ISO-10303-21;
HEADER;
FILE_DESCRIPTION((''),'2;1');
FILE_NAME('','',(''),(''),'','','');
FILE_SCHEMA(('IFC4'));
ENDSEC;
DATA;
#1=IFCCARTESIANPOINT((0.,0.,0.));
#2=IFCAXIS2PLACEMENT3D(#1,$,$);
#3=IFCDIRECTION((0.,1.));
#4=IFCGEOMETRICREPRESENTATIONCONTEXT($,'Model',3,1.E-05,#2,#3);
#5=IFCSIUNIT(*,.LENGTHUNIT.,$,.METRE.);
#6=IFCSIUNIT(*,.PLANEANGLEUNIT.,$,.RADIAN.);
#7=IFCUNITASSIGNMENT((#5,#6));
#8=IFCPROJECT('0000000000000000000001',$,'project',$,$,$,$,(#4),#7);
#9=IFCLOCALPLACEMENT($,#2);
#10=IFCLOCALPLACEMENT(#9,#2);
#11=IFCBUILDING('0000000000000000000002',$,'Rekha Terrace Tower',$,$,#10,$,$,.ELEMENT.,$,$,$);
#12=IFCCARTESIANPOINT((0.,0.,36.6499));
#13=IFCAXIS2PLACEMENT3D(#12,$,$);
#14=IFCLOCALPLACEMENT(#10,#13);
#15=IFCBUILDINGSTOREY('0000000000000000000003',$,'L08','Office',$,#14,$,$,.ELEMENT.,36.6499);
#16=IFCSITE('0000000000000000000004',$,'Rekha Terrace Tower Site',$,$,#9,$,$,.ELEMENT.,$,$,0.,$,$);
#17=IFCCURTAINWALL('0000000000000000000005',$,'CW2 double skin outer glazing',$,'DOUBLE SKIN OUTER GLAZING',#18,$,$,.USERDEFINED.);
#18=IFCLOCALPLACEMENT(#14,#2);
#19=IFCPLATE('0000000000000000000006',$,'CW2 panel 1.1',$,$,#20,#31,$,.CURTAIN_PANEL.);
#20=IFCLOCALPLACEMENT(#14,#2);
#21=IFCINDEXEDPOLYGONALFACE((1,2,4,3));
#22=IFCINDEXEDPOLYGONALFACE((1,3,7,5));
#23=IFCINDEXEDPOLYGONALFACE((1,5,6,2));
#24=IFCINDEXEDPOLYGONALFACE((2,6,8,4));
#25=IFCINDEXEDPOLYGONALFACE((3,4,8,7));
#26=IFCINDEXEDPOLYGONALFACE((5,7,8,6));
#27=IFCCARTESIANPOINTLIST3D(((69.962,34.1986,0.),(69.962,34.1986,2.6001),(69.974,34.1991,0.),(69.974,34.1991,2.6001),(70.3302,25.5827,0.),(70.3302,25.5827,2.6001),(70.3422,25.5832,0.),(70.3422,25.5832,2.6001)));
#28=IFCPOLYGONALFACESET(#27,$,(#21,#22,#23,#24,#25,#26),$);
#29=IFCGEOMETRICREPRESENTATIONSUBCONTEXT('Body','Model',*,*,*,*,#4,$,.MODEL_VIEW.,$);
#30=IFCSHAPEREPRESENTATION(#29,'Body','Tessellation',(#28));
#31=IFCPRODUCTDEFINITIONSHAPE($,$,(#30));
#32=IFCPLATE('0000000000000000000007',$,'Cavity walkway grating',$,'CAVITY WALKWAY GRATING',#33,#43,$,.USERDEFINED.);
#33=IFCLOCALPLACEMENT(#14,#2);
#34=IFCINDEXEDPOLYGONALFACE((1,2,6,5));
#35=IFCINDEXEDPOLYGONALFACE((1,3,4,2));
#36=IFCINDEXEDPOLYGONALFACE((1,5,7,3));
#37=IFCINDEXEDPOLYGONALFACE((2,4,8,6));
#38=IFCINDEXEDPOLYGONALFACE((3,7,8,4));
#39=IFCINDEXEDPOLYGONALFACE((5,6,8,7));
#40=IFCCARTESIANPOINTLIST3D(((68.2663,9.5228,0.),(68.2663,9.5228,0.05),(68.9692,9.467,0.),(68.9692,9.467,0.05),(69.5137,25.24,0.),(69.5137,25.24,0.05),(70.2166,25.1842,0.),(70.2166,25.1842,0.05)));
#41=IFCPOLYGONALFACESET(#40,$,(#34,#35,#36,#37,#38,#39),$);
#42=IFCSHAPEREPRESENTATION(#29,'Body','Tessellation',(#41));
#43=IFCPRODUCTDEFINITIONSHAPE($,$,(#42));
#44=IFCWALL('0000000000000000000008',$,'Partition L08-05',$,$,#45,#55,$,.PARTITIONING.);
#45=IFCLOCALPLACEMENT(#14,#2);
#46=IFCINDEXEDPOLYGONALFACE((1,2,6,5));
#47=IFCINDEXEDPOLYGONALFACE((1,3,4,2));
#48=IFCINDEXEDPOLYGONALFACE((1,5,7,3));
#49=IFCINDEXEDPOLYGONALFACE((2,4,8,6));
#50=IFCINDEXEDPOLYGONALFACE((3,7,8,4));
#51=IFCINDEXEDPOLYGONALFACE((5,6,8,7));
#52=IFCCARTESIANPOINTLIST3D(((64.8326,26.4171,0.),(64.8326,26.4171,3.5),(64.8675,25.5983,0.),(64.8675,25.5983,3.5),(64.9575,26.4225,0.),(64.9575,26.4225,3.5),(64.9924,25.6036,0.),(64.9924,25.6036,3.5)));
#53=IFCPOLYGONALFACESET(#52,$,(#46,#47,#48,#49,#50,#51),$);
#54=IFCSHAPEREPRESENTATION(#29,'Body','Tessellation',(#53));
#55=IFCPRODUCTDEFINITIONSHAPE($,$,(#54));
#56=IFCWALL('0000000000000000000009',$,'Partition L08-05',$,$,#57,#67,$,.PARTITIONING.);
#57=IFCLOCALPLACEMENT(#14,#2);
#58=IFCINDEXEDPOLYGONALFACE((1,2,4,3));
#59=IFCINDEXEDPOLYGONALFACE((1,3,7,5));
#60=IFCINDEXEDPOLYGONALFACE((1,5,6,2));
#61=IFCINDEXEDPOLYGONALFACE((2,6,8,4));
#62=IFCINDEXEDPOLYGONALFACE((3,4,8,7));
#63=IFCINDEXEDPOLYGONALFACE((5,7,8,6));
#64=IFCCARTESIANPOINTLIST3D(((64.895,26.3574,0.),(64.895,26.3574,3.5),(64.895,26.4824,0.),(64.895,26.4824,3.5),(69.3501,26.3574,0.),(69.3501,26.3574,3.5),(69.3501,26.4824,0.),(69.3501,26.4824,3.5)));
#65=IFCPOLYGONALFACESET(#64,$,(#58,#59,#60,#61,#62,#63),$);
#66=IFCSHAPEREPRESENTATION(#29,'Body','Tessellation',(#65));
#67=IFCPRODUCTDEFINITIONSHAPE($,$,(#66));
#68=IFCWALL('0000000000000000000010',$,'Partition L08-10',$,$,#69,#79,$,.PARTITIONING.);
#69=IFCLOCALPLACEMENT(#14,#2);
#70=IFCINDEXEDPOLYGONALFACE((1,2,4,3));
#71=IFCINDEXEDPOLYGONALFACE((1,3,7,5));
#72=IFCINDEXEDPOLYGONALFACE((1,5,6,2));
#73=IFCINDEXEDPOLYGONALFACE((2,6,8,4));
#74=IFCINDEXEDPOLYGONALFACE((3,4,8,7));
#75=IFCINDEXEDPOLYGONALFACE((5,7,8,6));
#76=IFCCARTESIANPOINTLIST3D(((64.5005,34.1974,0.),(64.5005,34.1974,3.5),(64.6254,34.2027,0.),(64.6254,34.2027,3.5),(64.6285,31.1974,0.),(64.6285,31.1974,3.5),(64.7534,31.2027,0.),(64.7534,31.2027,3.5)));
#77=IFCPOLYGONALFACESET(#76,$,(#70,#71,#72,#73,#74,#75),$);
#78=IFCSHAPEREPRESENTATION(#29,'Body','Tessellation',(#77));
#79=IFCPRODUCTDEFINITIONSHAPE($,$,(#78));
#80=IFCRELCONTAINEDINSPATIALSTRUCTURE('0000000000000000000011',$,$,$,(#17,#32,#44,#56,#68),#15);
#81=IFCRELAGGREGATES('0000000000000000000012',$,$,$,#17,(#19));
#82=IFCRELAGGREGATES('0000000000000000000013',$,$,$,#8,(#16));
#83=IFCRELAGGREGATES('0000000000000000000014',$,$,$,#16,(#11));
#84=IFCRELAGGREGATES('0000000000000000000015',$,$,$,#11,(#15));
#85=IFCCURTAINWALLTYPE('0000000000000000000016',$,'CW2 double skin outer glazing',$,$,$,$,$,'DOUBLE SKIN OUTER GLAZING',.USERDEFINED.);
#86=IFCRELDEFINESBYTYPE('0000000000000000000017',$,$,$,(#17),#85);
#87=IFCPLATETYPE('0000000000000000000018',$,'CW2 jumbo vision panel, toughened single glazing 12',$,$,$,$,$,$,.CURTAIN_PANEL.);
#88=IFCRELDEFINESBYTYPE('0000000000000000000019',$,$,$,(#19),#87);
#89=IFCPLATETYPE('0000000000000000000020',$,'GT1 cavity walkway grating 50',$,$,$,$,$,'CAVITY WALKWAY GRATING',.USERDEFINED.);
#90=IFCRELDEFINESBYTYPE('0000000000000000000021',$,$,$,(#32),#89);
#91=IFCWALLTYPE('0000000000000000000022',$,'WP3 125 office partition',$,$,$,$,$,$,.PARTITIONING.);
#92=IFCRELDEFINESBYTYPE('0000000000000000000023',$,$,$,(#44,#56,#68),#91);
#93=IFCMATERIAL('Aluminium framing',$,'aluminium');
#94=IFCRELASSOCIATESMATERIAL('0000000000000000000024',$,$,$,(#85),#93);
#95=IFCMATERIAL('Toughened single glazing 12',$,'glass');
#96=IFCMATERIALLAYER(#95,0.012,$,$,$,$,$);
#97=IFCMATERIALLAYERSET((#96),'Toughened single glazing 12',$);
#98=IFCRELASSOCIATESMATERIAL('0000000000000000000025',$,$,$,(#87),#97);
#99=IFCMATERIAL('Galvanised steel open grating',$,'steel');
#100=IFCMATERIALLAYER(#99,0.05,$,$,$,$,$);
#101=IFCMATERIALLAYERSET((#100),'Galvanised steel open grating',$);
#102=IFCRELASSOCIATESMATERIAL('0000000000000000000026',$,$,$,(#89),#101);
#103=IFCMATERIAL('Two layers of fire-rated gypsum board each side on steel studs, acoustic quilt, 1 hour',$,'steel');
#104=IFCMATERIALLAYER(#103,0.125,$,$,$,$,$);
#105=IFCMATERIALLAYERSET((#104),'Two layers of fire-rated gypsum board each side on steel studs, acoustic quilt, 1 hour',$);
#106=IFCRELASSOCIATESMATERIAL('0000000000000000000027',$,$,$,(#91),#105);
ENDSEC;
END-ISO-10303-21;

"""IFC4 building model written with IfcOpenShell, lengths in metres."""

from ifc_helpers import new_model, si_unit, direction, frame, frame_2d, origin, origin_2d, place, context, subcontext, project, spatial, rectangle, extrude, material, layer, layer_set, type_object, element, aggregate, save


model = new_model("IFC4")

# Units and contexts
model_context = context("Model", 3, precision=1e-05, world=origin(), true_north=direction((0.0, 1.0)))
body_context = subcontext(model_context, "Body", "Model", "MODEL_VIEW")
ifc_project = project(units=[si_unit("LENGTHUNIT", "METRE"), si_unit("PLANEANGLEUNIT", "RADIAN")], contexts=[model_context])

# Site, building, storey
site_placement = place(None, origin())
site = spatial("IfcSite", under=ifc_project, at=site_placement, Name="Rekha Terrace Tower Site", CompositionType="ELEMENT", RefElevation=0.0)
building_placement = place(site_placement, origin())
building = spatial("IfcBuilding", under=site, at=building_placement, Name="Rekha Terrace Tower", CompositionType="ELEMENT")
storey_placement = place(building_placement, frame((0.0, 0.0, 36.6499)))
storey = spatial("IfcBuildingStorey", under=building, at=storey_placement, Name="L08", Description="Office", CompositionType="ELEMENT", Elevation=36.6499)

# Shared definitions
ifc_material_1 = material(Name="Aluminium framing", Category="aluminium")

# Curtain wall
curtain_wall_type_1 = type_object("IfcCurtainWallType", Name="CW2 double skin outer glazing", ElementType="DOUBLE SKIN OUTER GLAZING", PredefinedType="USERDEFINED", material=ifc_material_1)
curtain_wall_1_placement = place(storey_placement, origin())
curtain_wall_1 = element("IfcCurtainWall", 1, at=curtain_wall_1_placement, inside=storey, type_object=curtain_wall_type_1, Name="CW2 double skin outer glazing", ObjectType="DOUBLE SKIN OUTER GLAZING", PredefinedType="USERDEFINED")

# Shared definitions
ifc_material_2 = material(Name="Toughened single glazing 12", Category="glass")
ifc_layer_1 = layer(ifc_material_2, 0.012)
ifc_layer_set_1 = layer_set([ifc_layer_1], Name="Toughened single glazing 12")
plate_type_1 = type_object("IfcPlateType", Name="CW2 jumbo vision panel, toughened single glazing 12", PredefinedType="CURTAIN_PANEL", material=ifc_layer_set_1)

# Plates
plate_1_placement = place(storey_placement, frame((70.1521, 29.8909, 0.0), z_axis=(0.0, 0.0, 1.0), x_axis=(-0.042696, 0.999088, 0.0)))
plate_1 = element("IfcPlate", 2, at=plate_1_placement, type_object=plate_type_1, Name="CW2 panel 1.1", PredefinedType="CURTAIN_PANEL", context=body_context, shape_type="SweptSolid", body=[
    extrude(rectangle(XDim=8.6238, YDim=0.012, at=origin_2d()), origin(), (0.0, 0.0, 1.0), 2.6001),
])
aggregate(curtain_wall_1, [plate_1])
ifc_material_3 = material(Name="Galvanised steel open grating", Category="steel")
ifc_layer_2 = layer(ifc_material_3, 0.05)
ifc_layer_set_2 = layer_set([ifc_layer_2], Name="Galvanised steel open grating")
plate_type_2 = type_object("IfcPlateType", Name="GT1 cavity walkway grating 50", ElementType="CAVITY WALKWAY GRATING", PredefinedType="USERDEFINED", material=ifc_layer_set_2)
plate_2_placement = place(storey_placement, frame((69.2415, 17.3535, 0.0), z_axis=(0.0, 0.0, 1.0), x_axis=(0.079116, 0.996865, 0.0)))
element("IfcPlate", 3, at=plate_2_placement, inside=storey, type_object=plate_type_2, Name="Cavity walkway grating", ObjectType="CAVITY WALKWAY GRATING", PredefinedType="USERDEFINED", context=body_context, shape_type="SweptSolid", body=[
    extrude(rectangle(XDim=15.7666, YDim=0.7051, at=origin_2d()), origin(), (0.0, 0.0, 1.0), 0.05),
])

# Walls
ifc_material_4 = material(Name="Two layers of fire-rated gypsum board each side on steel studs, acoustic quilt, 1 hour", Category="steel")
ifc_layer_3 = layer(ifc_material_4, 0.125)
ifc_layer_set_3 = layer_set([ifc_layer_3], Name="Two layers of fire-rated gypsum board each side on steel studs, acoustic quilt, 1 hour")
wall_type = type_object("IfcWallType", Name="WP3 125 office partition", PredefinedType="PARTITIONING", material=ifc_layer_set_3)
wall_1_placement = place(storey_placement, frame((64.9299, 25.6011, 0.0), z_axis=(0.0, 0.0, 1.0), x_axis=(-0.042597, 0.999092, 0.0)))
element("IfcWall", 4, at=wall_1_placement, inside=storey, type_object=wall_type, Name="Partition L08-05", PredefinedType="PARTITIONING", context=body_context, shape_type="SweptSolid", body=[
    extrude(rectangle(XDim=0.8196, YDim=0.125, at=frame_2d((0.4097, 0.0))), origin(), (0.0, 0.0, 1.0), 3.5),
])
wall_2_placement = place(storey_placement, frame((64.895, 26.4199, 0.0), z_axis=(0.0, 0.0, 1.0), x_axis=(1.0, 0.0, 0.0)))
element("IfcWall", 5, at=wall_2_placement, inside=storey, type_object=wall_type, Name="Partition L08-05", PredefinedType="PARTITIONING", context=body_context, shape_type="SweptSolid", body=[
    extrude(rectangle(XDim=4.4551, YDim=0.125, at=frame_2d((2.2275, 0.0))), origin(), (0.0, 0.0, 1.0), 3.5),
])
wall_3_placement = place(storey_placement, frame((64.6909, 31.2, 0.0), z_axis=(0.0, 0.0, 1.0), x_axis=(-0.042605, 0.999092, 0.0)))
element("IfcWall", 6, at=wall_3_placement, inside=storey, type_object=wall_type, Name="Partition L08-10", PredefinedType="PARTITIONING", context=body_context, shape_type="SweptSolid", body=[
    extrude(rectangle(XDim=3.0027, YDim=0.125, at=frame_2d((1.5015, 0.0))), origin(), (0.0, 0.0, 1.0), 3.5),
])

save(model, "model.ifc")
